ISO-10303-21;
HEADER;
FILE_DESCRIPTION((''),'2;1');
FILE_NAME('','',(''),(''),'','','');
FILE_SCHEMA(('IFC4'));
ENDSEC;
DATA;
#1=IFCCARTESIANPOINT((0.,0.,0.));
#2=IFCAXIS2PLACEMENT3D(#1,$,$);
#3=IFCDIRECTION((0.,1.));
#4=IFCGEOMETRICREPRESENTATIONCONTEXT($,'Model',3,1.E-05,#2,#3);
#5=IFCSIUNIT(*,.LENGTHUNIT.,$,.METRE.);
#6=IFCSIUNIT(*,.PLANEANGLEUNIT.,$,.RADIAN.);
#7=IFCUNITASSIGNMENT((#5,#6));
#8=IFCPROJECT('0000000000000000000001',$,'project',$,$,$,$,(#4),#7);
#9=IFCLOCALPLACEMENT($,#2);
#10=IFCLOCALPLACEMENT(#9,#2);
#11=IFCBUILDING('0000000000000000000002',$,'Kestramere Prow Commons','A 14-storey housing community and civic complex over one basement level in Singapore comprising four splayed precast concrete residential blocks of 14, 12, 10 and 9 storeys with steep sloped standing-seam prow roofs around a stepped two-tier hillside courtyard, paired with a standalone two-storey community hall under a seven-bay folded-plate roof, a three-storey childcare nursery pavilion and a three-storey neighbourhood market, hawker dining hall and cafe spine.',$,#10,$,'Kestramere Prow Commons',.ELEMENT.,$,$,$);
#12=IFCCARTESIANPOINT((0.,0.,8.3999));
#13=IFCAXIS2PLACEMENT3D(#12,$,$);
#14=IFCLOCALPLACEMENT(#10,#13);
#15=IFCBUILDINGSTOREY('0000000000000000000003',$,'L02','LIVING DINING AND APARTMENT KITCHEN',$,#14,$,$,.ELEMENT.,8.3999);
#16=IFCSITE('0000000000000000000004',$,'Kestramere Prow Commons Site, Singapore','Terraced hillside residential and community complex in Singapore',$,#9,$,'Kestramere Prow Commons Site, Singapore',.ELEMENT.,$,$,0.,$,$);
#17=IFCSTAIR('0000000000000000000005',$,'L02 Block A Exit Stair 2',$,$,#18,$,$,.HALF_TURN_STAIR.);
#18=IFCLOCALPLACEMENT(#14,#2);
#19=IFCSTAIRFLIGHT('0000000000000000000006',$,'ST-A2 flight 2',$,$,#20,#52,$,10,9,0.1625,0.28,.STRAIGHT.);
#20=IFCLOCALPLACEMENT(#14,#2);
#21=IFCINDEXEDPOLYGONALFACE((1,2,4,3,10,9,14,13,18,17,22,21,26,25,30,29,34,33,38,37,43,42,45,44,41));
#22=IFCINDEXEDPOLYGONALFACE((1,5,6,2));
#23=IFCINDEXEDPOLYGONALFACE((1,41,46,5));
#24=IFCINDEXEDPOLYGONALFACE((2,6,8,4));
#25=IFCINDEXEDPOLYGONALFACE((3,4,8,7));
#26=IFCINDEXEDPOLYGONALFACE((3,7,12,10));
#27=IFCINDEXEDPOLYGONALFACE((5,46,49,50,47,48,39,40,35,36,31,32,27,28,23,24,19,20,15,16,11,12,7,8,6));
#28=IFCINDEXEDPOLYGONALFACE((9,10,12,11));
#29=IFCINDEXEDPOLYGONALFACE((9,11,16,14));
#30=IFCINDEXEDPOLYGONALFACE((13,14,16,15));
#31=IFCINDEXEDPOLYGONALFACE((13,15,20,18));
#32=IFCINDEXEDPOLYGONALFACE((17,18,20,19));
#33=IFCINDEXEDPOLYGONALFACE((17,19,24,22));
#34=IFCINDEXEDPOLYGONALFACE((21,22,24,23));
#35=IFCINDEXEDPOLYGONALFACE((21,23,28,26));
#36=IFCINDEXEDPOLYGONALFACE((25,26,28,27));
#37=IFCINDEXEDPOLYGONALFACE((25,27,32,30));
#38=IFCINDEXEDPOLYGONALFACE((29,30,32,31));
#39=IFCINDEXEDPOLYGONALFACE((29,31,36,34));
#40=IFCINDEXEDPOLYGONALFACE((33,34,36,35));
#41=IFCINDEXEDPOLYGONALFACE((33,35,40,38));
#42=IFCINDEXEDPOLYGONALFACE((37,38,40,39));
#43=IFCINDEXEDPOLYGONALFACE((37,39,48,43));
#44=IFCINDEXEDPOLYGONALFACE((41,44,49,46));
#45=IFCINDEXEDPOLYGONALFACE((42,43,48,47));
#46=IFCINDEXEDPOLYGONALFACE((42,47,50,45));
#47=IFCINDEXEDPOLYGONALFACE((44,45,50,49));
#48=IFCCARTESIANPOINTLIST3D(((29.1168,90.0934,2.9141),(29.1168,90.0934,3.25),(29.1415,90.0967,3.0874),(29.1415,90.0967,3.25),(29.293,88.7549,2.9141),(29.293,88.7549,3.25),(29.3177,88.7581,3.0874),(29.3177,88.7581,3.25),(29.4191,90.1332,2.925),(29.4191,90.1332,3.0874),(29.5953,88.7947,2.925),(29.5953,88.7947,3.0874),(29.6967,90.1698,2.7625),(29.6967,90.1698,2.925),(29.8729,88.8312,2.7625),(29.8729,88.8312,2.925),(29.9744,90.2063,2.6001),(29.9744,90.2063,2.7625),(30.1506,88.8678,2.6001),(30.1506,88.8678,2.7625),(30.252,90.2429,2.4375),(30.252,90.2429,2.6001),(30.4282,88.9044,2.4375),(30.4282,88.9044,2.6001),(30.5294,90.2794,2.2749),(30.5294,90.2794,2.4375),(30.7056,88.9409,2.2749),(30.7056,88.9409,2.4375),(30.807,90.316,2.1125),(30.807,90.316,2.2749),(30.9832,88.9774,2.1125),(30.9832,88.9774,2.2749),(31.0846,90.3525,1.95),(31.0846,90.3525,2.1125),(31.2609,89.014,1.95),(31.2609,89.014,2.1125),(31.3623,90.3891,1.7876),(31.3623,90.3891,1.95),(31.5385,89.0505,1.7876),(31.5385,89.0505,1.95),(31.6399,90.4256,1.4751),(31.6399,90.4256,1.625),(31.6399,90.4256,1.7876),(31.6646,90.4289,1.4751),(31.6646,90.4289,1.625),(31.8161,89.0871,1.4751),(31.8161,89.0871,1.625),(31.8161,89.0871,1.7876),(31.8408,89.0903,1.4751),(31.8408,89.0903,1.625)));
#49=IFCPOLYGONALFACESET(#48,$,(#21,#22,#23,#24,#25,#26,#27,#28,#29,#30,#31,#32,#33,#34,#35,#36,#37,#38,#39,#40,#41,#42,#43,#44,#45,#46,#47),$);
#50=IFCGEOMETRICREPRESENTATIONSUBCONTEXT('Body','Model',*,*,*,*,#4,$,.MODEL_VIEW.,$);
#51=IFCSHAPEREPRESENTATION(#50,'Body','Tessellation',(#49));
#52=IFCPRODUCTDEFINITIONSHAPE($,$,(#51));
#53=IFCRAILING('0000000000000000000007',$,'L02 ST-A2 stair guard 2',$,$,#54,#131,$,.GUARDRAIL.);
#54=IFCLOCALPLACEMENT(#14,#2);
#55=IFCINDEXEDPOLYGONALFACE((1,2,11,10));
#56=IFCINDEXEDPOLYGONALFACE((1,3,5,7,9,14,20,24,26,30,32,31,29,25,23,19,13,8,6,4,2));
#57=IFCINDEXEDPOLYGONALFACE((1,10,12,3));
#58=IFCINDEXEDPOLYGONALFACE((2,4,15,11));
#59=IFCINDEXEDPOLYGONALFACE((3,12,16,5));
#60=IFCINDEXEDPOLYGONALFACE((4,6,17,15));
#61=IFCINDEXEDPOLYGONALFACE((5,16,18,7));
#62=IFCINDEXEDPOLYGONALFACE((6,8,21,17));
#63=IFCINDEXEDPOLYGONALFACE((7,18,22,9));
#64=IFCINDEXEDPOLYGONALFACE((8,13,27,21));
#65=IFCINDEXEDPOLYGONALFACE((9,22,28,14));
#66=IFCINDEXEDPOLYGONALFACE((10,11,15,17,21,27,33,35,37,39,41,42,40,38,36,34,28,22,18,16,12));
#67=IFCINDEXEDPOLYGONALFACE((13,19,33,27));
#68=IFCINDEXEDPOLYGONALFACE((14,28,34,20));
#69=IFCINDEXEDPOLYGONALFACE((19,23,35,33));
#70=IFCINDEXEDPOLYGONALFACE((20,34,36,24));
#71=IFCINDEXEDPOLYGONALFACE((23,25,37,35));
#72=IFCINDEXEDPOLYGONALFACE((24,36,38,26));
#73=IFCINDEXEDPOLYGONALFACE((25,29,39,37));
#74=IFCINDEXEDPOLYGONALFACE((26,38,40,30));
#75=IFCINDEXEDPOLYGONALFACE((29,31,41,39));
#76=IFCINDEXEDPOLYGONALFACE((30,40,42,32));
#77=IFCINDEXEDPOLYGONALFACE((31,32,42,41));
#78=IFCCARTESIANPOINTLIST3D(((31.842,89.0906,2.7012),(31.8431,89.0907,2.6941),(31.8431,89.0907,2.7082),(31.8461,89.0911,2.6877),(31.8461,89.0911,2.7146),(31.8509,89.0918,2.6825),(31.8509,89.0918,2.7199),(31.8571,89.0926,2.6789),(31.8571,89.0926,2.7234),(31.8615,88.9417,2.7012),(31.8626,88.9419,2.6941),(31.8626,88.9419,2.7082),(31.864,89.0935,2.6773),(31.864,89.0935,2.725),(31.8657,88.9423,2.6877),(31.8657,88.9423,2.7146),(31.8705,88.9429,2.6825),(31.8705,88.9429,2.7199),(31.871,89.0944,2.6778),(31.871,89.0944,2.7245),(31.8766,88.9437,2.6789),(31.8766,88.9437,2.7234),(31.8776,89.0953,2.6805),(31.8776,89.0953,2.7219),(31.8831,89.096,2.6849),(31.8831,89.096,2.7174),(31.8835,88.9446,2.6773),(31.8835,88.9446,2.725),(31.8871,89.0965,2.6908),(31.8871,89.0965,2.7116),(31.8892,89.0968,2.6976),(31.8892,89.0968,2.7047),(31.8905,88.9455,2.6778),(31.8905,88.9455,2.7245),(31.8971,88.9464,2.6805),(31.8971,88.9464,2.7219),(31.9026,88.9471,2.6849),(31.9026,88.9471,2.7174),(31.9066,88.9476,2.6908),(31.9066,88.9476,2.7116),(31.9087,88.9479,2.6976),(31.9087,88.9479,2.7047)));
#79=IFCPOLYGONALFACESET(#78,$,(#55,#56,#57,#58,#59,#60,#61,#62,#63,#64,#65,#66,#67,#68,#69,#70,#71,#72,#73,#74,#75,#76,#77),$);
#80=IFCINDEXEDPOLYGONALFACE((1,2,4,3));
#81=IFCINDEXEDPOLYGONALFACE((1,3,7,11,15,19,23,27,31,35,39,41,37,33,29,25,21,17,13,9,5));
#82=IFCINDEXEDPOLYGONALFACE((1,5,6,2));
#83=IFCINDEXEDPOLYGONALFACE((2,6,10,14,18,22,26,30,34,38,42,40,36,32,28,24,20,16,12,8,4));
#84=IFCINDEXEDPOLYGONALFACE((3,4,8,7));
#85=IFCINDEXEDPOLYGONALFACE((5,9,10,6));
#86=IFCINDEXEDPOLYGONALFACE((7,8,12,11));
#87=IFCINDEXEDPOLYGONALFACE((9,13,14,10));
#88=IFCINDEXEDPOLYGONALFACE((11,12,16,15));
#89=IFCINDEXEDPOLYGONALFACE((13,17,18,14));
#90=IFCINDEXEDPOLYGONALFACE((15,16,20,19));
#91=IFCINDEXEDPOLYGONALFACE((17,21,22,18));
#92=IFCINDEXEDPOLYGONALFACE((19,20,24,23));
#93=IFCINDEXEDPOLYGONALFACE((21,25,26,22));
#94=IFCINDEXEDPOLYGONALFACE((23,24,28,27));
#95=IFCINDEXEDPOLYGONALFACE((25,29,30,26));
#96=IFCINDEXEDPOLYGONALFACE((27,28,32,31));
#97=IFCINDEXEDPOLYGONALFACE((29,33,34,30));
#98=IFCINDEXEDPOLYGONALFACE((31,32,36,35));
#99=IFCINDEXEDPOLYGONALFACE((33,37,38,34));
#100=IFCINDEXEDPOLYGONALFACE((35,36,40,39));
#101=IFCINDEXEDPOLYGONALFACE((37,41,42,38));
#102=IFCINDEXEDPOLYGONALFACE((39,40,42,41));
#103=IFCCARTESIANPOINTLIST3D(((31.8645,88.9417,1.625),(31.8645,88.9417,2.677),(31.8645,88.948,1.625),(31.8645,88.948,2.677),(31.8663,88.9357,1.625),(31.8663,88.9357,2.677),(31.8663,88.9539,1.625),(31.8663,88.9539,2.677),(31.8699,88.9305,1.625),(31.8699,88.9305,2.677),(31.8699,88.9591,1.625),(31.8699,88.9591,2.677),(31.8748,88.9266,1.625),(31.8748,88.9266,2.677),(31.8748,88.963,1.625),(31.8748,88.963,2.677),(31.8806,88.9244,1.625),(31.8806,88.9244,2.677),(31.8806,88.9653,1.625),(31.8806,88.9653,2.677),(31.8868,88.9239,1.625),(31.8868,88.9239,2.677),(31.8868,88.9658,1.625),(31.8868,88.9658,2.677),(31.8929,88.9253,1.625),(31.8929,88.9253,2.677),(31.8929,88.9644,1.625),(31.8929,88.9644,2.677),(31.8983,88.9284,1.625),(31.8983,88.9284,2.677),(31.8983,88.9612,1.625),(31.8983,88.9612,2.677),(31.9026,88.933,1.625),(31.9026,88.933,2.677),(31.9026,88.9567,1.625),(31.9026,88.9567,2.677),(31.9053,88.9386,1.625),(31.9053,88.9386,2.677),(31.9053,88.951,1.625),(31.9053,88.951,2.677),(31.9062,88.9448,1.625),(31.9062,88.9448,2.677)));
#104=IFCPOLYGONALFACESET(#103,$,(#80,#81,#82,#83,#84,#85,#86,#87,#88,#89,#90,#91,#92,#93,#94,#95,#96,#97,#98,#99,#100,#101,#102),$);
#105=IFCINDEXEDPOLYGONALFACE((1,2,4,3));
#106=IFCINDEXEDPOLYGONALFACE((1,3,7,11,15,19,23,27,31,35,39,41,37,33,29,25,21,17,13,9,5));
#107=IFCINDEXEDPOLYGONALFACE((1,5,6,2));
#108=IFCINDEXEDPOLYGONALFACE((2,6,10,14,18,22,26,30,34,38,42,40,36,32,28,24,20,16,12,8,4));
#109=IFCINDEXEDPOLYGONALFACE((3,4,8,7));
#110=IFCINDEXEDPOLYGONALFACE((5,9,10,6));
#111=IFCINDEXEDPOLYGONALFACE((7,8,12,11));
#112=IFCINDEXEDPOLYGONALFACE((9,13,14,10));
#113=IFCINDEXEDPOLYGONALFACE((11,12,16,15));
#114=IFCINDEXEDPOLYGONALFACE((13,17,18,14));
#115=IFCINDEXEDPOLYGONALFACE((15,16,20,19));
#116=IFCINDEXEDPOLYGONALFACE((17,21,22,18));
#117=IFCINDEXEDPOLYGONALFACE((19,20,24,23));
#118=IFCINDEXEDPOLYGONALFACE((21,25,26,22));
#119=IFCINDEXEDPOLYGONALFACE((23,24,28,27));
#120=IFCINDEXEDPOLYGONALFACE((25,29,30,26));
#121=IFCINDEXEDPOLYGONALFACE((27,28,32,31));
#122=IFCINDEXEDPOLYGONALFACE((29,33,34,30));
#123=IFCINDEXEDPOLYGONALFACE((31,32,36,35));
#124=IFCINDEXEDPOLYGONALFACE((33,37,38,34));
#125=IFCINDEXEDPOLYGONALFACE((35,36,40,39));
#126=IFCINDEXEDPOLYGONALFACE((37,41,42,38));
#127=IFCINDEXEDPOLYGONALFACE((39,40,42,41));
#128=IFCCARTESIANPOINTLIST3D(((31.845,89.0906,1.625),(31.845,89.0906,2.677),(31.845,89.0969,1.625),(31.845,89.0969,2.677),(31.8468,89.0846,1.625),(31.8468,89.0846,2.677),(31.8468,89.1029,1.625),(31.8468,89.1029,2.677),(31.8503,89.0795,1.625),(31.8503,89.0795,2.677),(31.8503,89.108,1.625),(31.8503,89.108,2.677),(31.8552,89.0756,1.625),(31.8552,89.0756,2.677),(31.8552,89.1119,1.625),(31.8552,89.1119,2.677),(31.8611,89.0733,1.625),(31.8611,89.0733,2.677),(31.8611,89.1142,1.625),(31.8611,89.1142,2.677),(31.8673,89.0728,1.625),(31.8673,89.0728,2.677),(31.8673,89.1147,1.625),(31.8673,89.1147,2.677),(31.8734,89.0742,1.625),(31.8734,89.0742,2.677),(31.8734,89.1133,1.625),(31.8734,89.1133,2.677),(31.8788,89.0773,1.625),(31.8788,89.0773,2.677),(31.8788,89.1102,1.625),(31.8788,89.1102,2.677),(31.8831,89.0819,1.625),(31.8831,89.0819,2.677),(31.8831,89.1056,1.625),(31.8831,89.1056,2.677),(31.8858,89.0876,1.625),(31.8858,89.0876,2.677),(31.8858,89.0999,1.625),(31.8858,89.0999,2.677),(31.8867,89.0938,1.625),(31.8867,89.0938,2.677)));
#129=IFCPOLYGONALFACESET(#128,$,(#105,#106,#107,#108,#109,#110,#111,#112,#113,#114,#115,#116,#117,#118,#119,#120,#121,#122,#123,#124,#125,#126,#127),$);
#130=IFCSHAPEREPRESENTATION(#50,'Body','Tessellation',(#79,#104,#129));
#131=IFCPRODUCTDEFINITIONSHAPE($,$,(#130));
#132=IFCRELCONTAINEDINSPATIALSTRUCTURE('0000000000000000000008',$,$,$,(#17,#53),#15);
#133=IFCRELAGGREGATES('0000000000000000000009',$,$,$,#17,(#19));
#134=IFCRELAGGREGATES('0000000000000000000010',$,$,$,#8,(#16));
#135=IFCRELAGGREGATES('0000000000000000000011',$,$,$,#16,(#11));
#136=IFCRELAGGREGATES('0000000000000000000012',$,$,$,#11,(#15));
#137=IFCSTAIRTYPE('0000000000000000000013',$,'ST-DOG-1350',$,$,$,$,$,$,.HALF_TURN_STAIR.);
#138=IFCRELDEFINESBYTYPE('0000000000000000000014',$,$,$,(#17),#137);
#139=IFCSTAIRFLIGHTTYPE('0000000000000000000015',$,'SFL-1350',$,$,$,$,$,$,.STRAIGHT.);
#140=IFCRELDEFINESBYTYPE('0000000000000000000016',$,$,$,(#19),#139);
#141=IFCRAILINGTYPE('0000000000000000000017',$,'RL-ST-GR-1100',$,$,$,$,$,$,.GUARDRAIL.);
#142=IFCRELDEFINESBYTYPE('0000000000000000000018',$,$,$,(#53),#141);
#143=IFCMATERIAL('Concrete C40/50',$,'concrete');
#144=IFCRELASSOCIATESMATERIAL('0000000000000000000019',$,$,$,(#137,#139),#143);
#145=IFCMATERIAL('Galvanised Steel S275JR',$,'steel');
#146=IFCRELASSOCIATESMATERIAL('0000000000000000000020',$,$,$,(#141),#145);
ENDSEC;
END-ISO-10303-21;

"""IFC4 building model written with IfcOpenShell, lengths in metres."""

from ifc_helpers import new_model, si_unit, direction, frame, origin, origin_2d, place, context, subcontext, project, spatial, polyline, circle, outline, extrude, material, type_object, element, aggregate, save


model = new_model("IFC4")

# Units and contexts
model_context = context("Model", 3, precision=1e-05, world=origin(), true_north=direction((0.0, 1.0)))
body_context = subcontext(model_context, "Body", "Model", "MODEL_VIEW")
ifc_project = project(units=[si_unit("LENGTHUNIT", "METRE"), si_unit("PLANEANGLEUNIT", "RADIAN")], contexts=[model_context])

# Site, building, storey
site_placement = place(None, origin())
site = spatial("IfcSite", under=ifc_project, at=site_placement, Name="Kestramere Prow Commons Site, Singapore", Description="Terraced hillside residential and community complex in Singapore", LongName="Kestramere Prow Commons Site, Singapore", CompositionType="ELEMENT", RefElevation=0.0)
building_placement = place(site_placement, origin())
building = spatial("IfcBuilding", under=site, at=building_placement, Name="Kestramere Prow Commons", Description="A 14-storey housing community and civic complex over one basement level in Singapore comprising four splayed precast concrete residential blocks of 14, 12, 10 and 9 storeys with steep sloped standing-seam prow roofs around a stepped two-tier hillside courtyard, paired with a standalone two-storey community hall under a seven-bay folded-plate roof, a three-storey childcare nursery pavilion and a three-storey neighbourhood market, hawker dining hall and cafe spine.", LongName="Kestramere Prow Commons", CompositionType="ELEMENT")
storey_placement = place(building_placement, frame((0.0, 0.0, 8.3999)))
storey = spatial("IfcBuildingStorey", under=building, at=storey_placement, Name="L02", Description="LIVING DINING AND APARTMENT KITCHEN", CompositionType="ELEMENT", Elevation=8.3999)

# Shared definitions
ifc_material_1 = material(Name="Concrete C40/50", Category="concrete")

# Stair, stair flight
stair_type = type_object("IfcStairType", Name="ST-DOG-1350", PredefinedType="HALF_TURN_STAIR", material=ifc_material_1)
stair_placement = place(storey_placement, origin())
stair = element("IfcStair", 1, at=stair_placement, inside=storey, type_object=stair_type, Name="L02 Block A Exit Stair 2", PredefinedType="HALF_TURN_STAIR")
stair_flight_type = type_object("IfcStairFlightType", Name="SFL-1350", PredefinedType="STRAIGHT", material=ifc_material_1)
stair_flight_placement = place(storey_placement, frame((31.728, 89.7563, 1.625), z_axis=(0.0, 0.0, 1.0), x_axis=(-0.991445, -0.130526, 0.0)))
stair_flight = element("IfcStairFlight", 2, at=stair_flight_placement, type_object=stair_flight_type, Name="ST-A2 flight 2", NumberOfRisers=10, NumberOfTreads=9, PredefinedType="STRAIGHT", RiserHeight=0.1625, TreadLength=0.28, context=body_context, shape_type="SweptSolid", body=[
    extrude(outline(polyline([(-0.0249, 0.0), (0.0, 0.0), (0.0, 0.1626), (0.28, 0.1626), (0.28, 0.325), (0.5601, 0.325), (0.5601, 0.4875), (0.8401, 0.4875), (0.8401, 0.6499), (1.1201, 0.6499), (1.1201, 0.8125), (1.3999, 0.8125), (1.3999, 0.9751), (1.6799, 0.9751), (1.6799, 1.1375), (1.96, 1.1375), (1.96, 1.3), (2.24, 1.3), (2.24, 1.4624), (2.52, 1.4624), (2.52, 1.625), (2.5449, 1.625), (2.5449, 1.2891), (0.0, -0.1499), (-0.0249, -0.1499), (-0.0249, 0.0)])), frame((0.0, 0.675, 0.0), z_axis=(0.0, -1.0, 0.0), x_axis=(1.0, 0.0, 0.0)), (0.0, 0.0, 1.0), 1.3501),
])
aggregate(stair, [stair_flight])

# Railing
ifc_material_2 = material(Name="Galvanised Steel S275JR", Category="steel")
railing_type_1 = type_object("IfcRailingType", Name="RL-ST-GR-1100", PredefinedType="GUARDRAIL", material=ifc_material_2)
railing_1_placement = place(storey_placement, frame((31.8853, 88.9448, 1.625)))
element("IfcRailing", 3, at=railing_1_placement, inside=storey, type_object=railing_type_1, Name="L02 ST-A2 stair guard 2", PredefinedType="GUARDRAIL", context=body_context, shape_type="SweptSolid", body=[
    extrude(circle(Radius=0.0239, at=origin_2d()), frame((0.0, 0.0, 1.0762), z_axis=(-0.130034, 0.99151, 0.0), x_axis=(-0.99151, -0.130034, 0.0)), (0.0, 0.0, 1.0), 0.1501),
    extrude(circle(Radius=0.021, at=origin_2d()), origin(), (0.0, 0.0, 1.0), 1.052),
    extrude(circle(Radius=0.021, at=origin_2d()), frame((-0.0195, 0.1489, 0.0)), (0.0, 0.0, 1.0), 1.052),
])

save(model, "model.ifc")
